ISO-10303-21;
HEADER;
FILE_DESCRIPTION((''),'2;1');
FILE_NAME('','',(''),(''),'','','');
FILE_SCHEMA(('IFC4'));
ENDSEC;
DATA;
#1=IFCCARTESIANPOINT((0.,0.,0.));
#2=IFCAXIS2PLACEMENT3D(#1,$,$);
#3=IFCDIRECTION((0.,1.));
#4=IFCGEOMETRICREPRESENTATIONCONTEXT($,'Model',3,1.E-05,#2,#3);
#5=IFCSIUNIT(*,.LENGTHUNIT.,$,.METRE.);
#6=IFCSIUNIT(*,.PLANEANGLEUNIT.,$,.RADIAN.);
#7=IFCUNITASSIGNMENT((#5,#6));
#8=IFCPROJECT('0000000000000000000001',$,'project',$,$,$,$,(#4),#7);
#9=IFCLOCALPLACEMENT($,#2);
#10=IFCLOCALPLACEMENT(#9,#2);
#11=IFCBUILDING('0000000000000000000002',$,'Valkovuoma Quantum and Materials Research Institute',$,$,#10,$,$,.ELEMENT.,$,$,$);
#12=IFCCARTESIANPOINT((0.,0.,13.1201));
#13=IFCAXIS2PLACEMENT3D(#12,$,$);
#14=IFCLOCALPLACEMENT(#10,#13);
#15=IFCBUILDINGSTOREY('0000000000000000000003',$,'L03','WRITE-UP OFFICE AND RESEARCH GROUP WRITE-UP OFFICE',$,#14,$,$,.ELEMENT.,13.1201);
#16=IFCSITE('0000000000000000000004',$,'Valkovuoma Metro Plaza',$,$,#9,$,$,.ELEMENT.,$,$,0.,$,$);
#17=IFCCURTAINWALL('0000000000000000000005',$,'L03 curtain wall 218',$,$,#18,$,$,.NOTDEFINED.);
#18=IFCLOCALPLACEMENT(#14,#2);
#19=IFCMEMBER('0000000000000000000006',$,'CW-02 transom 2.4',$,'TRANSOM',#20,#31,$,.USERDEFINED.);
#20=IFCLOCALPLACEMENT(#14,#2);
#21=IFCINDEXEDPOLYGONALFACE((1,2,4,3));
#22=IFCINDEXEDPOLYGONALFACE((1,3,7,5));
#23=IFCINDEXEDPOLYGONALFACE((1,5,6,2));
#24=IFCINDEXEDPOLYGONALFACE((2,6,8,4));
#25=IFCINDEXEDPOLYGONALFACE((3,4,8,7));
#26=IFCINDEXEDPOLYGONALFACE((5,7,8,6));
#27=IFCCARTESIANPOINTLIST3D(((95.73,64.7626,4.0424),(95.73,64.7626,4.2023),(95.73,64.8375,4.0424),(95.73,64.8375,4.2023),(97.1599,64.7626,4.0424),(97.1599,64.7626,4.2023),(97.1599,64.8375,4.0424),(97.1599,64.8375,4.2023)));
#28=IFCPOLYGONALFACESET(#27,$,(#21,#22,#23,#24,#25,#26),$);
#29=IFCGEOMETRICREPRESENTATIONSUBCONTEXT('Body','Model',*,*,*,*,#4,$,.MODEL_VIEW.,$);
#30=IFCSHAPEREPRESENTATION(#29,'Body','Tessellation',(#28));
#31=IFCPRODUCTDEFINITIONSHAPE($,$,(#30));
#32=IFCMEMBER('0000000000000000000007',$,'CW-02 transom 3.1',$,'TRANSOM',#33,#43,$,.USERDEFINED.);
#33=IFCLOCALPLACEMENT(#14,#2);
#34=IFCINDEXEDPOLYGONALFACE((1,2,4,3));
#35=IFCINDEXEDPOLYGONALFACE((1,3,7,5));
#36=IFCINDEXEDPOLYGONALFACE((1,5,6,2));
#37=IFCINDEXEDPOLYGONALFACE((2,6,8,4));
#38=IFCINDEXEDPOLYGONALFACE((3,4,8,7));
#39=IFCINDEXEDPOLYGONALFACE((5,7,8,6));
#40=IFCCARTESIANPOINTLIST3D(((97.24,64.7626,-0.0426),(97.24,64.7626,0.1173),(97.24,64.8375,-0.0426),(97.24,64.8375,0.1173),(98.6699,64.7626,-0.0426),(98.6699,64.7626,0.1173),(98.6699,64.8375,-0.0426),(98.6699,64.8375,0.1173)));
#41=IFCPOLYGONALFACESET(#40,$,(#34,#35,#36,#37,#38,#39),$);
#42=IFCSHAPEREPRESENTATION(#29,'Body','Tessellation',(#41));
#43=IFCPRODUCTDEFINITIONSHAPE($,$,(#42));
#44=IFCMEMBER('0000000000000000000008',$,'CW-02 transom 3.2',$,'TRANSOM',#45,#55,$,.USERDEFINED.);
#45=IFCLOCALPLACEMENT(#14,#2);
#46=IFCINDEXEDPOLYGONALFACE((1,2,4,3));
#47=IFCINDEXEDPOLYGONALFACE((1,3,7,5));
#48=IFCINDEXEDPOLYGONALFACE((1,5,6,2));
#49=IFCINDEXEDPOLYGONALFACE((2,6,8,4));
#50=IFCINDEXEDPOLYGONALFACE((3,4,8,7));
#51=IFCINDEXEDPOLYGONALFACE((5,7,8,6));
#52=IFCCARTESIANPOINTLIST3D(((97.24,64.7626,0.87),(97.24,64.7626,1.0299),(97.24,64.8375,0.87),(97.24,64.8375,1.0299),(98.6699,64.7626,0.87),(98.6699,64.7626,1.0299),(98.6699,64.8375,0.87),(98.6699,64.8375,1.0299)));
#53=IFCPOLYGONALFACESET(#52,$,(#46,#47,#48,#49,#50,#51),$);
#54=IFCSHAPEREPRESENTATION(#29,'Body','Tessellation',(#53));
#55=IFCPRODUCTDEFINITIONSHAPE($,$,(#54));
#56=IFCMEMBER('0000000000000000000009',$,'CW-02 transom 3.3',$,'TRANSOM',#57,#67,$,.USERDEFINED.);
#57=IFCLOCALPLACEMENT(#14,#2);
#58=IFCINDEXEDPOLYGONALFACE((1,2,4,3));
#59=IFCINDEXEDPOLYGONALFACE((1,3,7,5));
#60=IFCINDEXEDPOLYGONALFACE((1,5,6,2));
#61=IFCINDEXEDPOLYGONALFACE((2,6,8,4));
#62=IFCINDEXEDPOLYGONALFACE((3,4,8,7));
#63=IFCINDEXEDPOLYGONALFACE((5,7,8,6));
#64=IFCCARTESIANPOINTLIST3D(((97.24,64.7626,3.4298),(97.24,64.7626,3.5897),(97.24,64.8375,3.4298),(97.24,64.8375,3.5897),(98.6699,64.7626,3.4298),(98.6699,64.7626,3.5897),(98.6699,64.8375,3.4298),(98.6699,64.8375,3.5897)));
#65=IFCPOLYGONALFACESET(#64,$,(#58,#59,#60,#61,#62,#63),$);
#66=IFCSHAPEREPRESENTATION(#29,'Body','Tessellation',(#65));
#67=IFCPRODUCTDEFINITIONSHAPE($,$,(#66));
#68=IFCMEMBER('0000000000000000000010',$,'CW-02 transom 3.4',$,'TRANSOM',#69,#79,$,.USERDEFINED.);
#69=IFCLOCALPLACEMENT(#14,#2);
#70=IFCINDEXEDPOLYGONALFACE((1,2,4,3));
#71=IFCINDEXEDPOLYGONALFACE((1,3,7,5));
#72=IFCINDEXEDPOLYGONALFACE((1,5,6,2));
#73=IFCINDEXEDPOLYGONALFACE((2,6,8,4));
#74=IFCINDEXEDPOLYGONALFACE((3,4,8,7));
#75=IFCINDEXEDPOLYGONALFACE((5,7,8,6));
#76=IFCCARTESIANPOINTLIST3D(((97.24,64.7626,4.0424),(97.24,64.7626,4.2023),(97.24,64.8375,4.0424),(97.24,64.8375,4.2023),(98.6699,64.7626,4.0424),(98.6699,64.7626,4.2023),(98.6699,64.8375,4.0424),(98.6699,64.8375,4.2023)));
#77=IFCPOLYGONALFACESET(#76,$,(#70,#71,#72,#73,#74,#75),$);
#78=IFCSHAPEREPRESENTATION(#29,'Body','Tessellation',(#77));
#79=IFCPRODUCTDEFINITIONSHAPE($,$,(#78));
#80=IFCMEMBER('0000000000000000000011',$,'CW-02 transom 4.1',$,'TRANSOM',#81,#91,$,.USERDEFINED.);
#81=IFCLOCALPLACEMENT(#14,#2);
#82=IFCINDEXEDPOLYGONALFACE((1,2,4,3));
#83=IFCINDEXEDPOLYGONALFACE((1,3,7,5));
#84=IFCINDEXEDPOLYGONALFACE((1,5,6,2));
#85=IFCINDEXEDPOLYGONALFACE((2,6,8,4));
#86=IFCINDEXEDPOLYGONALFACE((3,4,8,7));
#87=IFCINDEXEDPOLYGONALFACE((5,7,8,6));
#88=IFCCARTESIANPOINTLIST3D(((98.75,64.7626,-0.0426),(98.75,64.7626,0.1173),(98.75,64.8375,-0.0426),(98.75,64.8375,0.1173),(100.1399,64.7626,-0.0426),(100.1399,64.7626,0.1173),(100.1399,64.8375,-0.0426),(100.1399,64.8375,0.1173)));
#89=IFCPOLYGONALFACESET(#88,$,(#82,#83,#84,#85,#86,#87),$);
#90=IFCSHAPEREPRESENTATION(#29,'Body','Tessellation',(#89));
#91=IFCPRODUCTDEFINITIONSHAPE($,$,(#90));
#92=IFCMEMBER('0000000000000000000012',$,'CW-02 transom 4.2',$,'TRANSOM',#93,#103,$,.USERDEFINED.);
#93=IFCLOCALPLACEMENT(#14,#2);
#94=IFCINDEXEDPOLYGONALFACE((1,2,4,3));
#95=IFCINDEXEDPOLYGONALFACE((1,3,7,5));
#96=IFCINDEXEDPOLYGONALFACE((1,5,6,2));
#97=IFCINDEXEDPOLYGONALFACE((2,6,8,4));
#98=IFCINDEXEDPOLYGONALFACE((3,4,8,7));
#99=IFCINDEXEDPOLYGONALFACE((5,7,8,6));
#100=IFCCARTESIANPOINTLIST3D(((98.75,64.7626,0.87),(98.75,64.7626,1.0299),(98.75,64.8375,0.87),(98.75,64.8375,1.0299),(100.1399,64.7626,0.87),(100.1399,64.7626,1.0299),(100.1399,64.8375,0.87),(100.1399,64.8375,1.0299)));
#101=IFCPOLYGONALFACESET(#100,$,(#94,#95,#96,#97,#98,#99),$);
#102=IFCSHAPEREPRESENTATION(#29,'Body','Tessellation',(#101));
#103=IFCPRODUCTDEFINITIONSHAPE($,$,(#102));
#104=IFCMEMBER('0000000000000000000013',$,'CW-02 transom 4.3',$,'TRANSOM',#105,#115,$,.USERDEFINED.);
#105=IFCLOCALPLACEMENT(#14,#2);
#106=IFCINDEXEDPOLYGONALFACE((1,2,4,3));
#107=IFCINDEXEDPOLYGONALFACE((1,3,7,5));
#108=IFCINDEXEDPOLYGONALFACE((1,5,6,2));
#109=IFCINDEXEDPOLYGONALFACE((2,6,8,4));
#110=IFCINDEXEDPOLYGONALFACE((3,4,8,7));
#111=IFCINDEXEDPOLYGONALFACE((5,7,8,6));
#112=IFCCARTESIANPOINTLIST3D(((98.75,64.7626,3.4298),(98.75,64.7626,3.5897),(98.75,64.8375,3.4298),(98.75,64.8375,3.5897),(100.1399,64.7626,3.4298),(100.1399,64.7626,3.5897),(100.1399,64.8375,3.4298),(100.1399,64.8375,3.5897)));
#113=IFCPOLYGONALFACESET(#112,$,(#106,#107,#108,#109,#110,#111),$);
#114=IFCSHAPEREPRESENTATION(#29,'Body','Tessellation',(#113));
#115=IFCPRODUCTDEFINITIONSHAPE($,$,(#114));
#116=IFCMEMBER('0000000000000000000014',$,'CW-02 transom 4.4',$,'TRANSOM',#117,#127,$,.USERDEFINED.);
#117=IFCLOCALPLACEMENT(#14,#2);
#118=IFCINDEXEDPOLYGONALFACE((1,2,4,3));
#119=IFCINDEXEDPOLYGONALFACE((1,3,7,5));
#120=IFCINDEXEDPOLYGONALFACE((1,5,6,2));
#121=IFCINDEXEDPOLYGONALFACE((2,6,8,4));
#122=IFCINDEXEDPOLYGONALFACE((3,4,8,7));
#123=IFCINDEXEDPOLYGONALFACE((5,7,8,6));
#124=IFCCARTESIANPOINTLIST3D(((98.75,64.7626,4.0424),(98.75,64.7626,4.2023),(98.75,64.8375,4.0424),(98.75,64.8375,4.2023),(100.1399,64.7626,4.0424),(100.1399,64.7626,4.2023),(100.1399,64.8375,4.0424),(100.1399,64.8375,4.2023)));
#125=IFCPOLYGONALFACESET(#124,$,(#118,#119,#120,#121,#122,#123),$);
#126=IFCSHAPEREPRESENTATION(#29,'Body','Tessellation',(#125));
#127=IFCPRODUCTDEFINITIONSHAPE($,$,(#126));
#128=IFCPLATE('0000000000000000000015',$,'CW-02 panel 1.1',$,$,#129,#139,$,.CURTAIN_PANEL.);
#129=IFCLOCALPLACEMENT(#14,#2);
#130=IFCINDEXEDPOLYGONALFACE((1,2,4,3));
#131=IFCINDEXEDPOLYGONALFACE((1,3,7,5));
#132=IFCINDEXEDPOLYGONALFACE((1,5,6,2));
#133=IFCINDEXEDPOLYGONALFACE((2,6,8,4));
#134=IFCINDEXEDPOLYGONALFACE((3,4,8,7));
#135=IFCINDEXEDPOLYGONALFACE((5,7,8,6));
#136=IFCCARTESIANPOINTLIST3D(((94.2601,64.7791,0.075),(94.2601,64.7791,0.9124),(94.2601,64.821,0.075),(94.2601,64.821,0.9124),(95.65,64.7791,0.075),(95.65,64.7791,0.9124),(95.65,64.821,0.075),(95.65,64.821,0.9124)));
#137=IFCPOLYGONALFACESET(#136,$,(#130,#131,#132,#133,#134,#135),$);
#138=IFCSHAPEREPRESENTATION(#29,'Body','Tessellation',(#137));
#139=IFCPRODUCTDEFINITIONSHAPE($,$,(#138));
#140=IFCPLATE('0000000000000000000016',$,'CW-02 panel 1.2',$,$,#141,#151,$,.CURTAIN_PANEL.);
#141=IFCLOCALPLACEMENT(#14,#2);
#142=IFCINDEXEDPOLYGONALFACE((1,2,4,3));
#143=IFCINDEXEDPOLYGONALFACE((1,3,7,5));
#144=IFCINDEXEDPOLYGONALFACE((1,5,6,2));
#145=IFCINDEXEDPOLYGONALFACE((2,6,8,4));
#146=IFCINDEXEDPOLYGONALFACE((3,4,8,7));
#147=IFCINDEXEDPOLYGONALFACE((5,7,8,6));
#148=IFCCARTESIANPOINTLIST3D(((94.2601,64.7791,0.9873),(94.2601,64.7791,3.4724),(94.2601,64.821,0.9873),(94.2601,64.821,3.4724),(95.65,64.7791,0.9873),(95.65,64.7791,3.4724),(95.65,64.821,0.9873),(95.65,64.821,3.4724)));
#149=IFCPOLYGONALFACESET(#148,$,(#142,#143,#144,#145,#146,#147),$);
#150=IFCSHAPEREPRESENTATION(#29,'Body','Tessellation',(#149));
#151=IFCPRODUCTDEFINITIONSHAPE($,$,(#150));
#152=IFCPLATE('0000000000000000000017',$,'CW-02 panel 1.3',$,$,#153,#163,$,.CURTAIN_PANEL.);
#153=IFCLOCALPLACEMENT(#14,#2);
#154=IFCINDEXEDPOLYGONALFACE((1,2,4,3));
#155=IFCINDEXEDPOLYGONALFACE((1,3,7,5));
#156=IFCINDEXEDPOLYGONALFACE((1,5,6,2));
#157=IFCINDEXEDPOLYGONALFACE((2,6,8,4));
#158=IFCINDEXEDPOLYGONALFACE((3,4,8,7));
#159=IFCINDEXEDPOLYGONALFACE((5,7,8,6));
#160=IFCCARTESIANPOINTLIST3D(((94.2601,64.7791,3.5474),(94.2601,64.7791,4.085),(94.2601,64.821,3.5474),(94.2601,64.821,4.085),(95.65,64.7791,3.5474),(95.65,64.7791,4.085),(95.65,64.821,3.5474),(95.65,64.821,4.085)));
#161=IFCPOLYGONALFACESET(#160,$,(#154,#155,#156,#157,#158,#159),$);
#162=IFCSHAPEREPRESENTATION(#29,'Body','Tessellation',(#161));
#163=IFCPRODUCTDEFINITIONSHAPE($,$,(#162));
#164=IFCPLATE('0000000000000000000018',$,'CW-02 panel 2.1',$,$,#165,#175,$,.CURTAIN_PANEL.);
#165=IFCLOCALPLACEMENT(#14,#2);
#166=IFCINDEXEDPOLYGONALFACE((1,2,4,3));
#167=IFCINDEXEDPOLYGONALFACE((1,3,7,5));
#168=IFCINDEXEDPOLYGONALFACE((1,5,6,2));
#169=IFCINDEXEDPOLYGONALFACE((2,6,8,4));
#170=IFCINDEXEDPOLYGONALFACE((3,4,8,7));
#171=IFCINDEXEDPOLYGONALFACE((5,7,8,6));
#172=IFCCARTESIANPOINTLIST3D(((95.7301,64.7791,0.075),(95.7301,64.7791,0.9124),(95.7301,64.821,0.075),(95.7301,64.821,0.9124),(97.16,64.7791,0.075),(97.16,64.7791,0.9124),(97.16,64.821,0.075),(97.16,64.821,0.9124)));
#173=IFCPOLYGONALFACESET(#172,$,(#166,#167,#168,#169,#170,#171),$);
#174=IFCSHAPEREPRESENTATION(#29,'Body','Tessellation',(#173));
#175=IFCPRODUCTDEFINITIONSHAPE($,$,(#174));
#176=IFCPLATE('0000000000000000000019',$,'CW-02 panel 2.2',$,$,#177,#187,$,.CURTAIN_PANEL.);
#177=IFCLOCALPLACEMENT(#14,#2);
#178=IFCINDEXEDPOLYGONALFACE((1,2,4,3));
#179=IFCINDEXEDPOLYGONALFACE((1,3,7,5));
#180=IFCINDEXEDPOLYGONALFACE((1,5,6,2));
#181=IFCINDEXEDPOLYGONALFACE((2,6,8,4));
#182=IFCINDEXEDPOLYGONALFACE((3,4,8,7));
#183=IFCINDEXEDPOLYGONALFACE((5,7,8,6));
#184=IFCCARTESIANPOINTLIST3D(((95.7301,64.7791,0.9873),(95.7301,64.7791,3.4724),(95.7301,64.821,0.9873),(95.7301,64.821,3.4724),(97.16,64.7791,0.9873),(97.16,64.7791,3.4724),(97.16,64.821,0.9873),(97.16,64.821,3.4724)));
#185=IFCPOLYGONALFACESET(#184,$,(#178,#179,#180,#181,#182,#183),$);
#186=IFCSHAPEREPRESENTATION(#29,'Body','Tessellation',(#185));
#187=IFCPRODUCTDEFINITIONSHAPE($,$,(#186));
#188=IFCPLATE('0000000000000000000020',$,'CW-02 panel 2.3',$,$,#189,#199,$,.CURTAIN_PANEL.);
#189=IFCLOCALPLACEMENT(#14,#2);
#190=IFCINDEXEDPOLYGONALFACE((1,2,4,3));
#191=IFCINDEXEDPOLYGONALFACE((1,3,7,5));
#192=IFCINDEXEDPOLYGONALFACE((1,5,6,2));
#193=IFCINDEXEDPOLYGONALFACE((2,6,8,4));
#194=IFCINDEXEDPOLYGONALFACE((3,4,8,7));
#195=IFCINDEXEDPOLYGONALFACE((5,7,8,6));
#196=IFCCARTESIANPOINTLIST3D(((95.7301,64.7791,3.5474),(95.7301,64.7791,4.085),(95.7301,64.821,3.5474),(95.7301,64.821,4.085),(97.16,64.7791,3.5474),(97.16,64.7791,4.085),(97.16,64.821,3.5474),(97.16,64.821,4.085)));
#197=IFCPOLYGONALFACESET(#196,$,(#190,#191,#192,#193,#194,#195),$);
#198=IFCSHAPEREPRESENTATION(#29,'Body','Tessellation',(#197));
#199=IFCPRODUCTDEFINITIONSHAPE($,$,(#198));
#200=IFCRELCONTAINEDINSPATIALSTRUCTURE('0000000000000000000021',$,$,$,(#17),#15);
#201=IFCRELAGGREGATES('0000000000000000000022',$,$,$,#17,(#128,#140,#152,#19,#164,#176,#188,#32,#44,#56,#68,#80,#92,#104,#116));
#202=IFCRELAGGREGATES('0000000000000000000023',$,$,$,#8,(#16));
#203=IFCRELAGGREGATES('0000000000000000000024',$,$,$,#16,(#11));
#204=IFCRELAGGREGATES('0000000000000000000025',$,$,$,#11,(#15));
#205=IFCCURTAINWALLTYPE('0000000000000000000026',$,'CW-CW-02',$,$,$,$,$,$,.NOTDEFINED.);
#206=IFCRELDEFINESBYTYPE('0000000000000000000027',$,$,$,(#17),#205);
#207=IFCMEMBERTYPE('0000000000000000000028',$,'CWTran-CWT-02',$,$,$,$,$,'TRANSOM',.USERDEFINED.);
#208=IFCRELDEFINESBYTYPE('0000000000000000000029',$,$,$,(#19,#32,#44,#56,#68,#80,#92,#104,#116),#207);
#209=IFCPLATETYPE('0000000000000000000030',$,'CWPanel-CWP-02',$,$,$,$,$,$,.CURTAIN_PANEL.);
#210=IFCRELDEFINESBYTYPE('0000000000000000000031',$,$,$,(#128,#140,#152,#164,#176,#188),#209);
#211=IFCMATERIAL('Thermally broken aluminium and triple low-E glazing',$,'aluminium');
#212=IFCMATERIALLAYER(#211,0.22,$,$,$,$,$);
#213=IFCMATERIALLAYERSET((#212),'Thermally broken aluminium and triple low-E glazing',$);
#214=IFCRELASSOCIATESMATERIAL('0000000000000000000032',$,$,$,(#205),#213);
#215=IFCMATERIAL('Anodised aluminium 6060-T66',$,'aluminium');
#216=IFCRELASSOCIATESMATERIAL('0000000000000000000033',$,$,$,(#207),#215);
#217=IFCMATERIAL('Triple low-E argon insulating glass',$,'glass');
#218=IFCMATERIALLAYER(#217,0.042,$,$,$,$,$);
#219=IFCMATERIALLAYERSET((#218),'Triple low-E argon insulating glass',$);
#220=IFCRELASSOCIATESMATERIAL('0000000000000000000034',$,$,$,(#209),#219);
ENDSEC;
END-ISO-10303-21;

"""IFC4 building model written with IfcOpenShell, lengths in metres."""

from ifc_helpers import new_model, si_unit, direction, frame, origin, origin_2d, place, context, subcontext, project, spatial, rectangle, extrude, material, layer, layer_set, material_profile, profile_set, type_object, element, aggregate, save


model = new_model("IFC4")

# Units and contexts
model_context = context("Model", 3, precision=1e-05, world=origin(), true_north=direction((0.0, 1.0)))
body_context = subcontext(model_context, "Body", "Model", "MODEL_VIEW")
ifc_project = project(units=[si_unit("LENGTHUNIT", "METRE"), si_unit("PLANEANGLEUNIT", "RADIAN")], contexts=[model_context])

# Site, building, storey
site_placement = place(None, origin())
site = spatial("IfcSite", under=ifc_project, at=site_placement, Name="Valkovuoma Metro Plaza", CompositionType="ELEMENT", RefElevation=0.0)
building_placement = place(site_placement, origin())
building = spatial("IfcBuilding", under=site, at=building_placement, Name="Valkovuoma Quantum and Materials Research Institute", CompositionType="ELEMENT")
storey_placement = place(building_placement, frame((0.0, 0.0, 13.1201)))
storey = spatial("IfcBuildingStorey", under=building, at=storey_placement, Name="L03", Description="WRITE-UP OFFICE AND RESEARCH GROUP WRITE-UP OFFICE", CompositionType="ELEMENT", Elevation=13.1201)

# Curtain wall, members, plates
ifc_material_1 = material(Name="Thermally broken aluminium and triple low-E glazing", Category="aluminium")
ifc_layer_1 = layer(ifc_material_1, 0.22)
ifc_layer_set_1 = layer_set([ifc_layer_1], Name="Thermally broken aluminium and triple low-E glazing")
curtain_wall_type = type_object("IfcCurtainWallType", Name="CW-CW-02", PredefinedType="NOTDEFINED", material=ifc_layer_set_1)
curtain_wall_placement = place(storey_placement, origin())
curtain_wall = element("IfcCurtainWall", 1, at=curtain_wall_placement, inside=storey, type_object=curtain_wall_type, Name="L03 curtain wall 218", PredefinedType="NOTDEFINED")
ifc_material_2 = material(Name="Anodised aluminium 6060-T66", Category="aluminium")
ifc_material_profile_1 = material_profile(ifc_material_2, rectangle(XDim=0.075, YDim=0.1599, at=origin_2d()), Name="Anodised aluminium 6060-T66")
ifc_profile_set_1 = profile_set([ifc_material_profile_1], Name="Anodised aluminium 6060-T66")
member_type_1 = type_object("IfcMemberType", Name="CWTran-CWT-02", ElementType="TRANSOM", PredefinedType="USERDEFINED", material=ifc_profile_set_1)
member_1_placement = place(storey_placement, frame((95.73, 64.8, 4.1223), z_axis=(1.0, 0.0, 0.0), x_axis=(0.0, 1.0, 0.0)))
member_1 = element("IfcMember", 2, at=member_1_placement, type_object=member_type_1, Name="CW-02 transom 2.4", ObjectType="TRANSOM", PredefinedType="USERDEFINED", context=body_context, shape_type="SweptSolid", body=[
    extrude(rectangle(XDim=0.075, YDim=0.1599, at=origin_2d()), origin(), (0.0, 0.0, 1.0), 1.4299),
])
member_2_placement = place(storey_placement, frame((97.24, 64.8, 0.0374), z_axis=(1.0, 0.0, 0.0), x_axis=(0.0, 1.0, 0.0)))
member_2 = element("IfcMember", 3, at=member_2_placement, type_object=member_type_1, Name="CW-02 transom 3.1", ObjectType="TRANSOM", PredefinedType="USERDEFINED", context=body_context, shape_type="SweptSolid", body=[
    extrude(rectangle(XDim=0.075, YDim=0.1599, at=origin_2d()), origin(), (0.0, 0.0, 1.0), 1.4299),
])
member_3_placement = place(storey_placement, frame((97.24, 64.8, 0.95), z_axis=(1.0, 0.0, 0.0), x_axis=(0.0, 1.0, 0.0)))
member_3 = element("IfcMember", 4, at=member_3_placement, type_object=member_type_1, Name="CW-02 transom 3.2", ObjectType="TRANSOM", PredefinedType="USERDEFINED", context=body_context, shape_type="SweptSolid", body=[
    extrude(rectangle(XDim=0.075, YDim=0.1599, at=origin_2d()), origin(), (0.0, 0.0, 1.0), 1.4299),
])
member_4_placement = place(storey_placement, frame((97.24, 64.8, 3.5098), z_axis=(1.0, 0.0, 0.0), x_axis=(0.0, 1.0, 0.0)))
member_4 = element("IfcMember", 5, at=member_4_placement, type_object=member_type_1, Name="CW-02 transom 3.3", ObjectType="TRANSOM", PredefinedType="USERDEFINED", context=body_context, shape_type="SweptSolid", body=[
    extrude(rectangle(XDim=0.075, YDim=0.1599, at=origin_2d()), origin(), (0.0, 0.0, 1.0), 1.4299),
])
member_5_placement = place(storey_placement, frame((97.24, 64.8, 4.1223), z_axis=(1.0, 0.0, 0.0), x_axis=(0.0, 1.0, 0.0)))
member_5 = element("IfcMember", 6, at=member_5_placement, type_object=member_type_1, Name="CW-02 transom 3.4", ObjectType="TRANSOM", PredefinedType="USERDEFINED", context=body_context, shape_type="SweptSolid", body=[
    extrude(rectangle(XDim=0.075, YDim=0.1599, at=origin_2d()), origin(), (0.0, 0.0, 1.0), 1.4299),
])
member_6_placement = place(storey_placement, frame((98.75, 64.8, 0.0374), z_axis=(1.0, 0.0, 0.0), x_axis=(0.0, 1.0, 0.0)))
member_6 = element("IfcMember", 7, at=member_6_placement, type_object=member_type_1, Name="CW-02 transom 4.1", ObjectType="TRANSOM", PredefinedType="USERDEFINED", context=body_context, shape_type="SweptSolid", body=[
    extrude(rectangle(XDim=0.075, YDim=0.1599, at=origin_2d()), origin(), (0.0, 0.0, 1.0), 1.3899),
])
member_7_placement = place(storey_placement, frame((98.75, 64.8, 0.95), z_axis=(1.0, 0.0, 0.0), x_axis=(0.0, 1.0, 0.0)))
member_7 = element("IfcMember", 8, at=member_7_placement, type_object=member_type_1, Name="CW-02 transom 4.2", ObjectType="TRANSOM", PredefinedType="USERDEFINED", context=body_context, shape_type="SweptSolid", body=[
    extrude(rectangle(XDim=0.075, YDim=0.1599, at=origin_2d()), origin(), (0.0, 0.0, 1.0), 1.3899),
])
member_8_placement = place(storey_placement, frame((98.75, 64.8, 3.5098), z_axis=(1.0, 0.0, 0.0), x_axis=(0.0, 1.0, 0.0)))
member_8 = element("IfcMember", 9, at=member_8_placement, type_object=member_type_1, Name="CW-02 transom 4.3", ObjectType="TRANSOM", PredefinedType="USERDEFINED", context=body_context, shape_type="SweptSolid", body=[
    extrude(rectangle(XDim=0.075, YDim=0.1599, at=origin_2d()), origin(), (0.0, 0.0, 1.0), 1.3899),
])
member_9_placement = place(storey_placement, frame((98.75, 64.8, 4.1223), z_axis=(1.0, 0.0, 0.0), x_axis=(0.0, 1.0, 0.0)))
member_9 = element("IfcMember", 10, at=member_9_placement, type_object=member_type_1, Name="CW-02 transom 4.4", ObjectType="TRANSOM", PredefinedType="USERDEFINED", context=body_context, shape_type="SweptSolid", body=[
    extrude(rectangle(XDim=0.075, YDim=0.1599, at=origin_2d()), origin(), (0.0, 0.0, 1.0), 1.3899),
])
ifc_material_3 = material(Name="Triple low-E argon insulating glass", Category="glass")
ifc_layer_2 = layer(ifc_material_3, 0.042)
ifc_layer_set_2 = layer_set([ifc_layer_2], Name="Triple low-E argon insulating glass")
plate_type_1 = type_object("IfcPlateType", Name="CWPanel-CWP-02", PredefinedType="CURTAIN_PANEL", material=ifc_layer_set_2)
plate_1_placement = place(storey_placement, frame((94.9551, 64.8, 0.075), z_axis=(0.0, 0.0, 1.0), x_axis=(1.0, 0.0, 0.0)))
plate_1 = element("IfcPlate", 11, at=plate_1_placement, type_object=plate_type_1, Name="CW-02 panel 1.1", PredefinedType="CURTAIN_PANEL", context=body_context, shape_type="SweptSolid", body=[
    extrude(rectangle(XDim=1.3899, YDim=0.042, at=origin_2d()), origin(), (0.0, 0.0, 1.0), 0.8374),
])
plate_2_placement = place(storey_placement, frame((94.9551, 64.8, 0.9873), z_axis=(0.0, 0.0, 1.0), x_axis=(1.0, 0.0, 0.0)))
plate_2 = element("IfcPlate", 12, at=plate_2_placement, type_object=plate_type_1, Name="CW-02 panel 1.2", PredefinedType="CURTAIN_PANEL", context=body_context, shape_type="SweptSolid", body=[
    extrude(rectangle(XDim=1.3899, YDim=0.042, at=origin_2d()), origin(), (0.0, 0.0, 1.0), 2.4851),
])
plate_3_placement = place(storey_placement, frame((94.9551, 64.8, 3.5474), z_axis=(0.0, 0.0, 1.0), x_axis=(1.0, 0.0, 0.0)))
plate_3 = element("IfcPlate", 13, at=plate_3_placement, type_object=plate_type_1, Name="CW-02 panel 1.3", PredefinedType="CURTAIN_PANEL", context=body_context, shape_type="SweptSolid", body=[
    extrude(rectangle(XDim=1.3899, YDim=0.042, at=origin_2d()), origin(), (0.0, 0.0, 1.0), 0.5376),
])
plate_4_placement = place(storey_placement, frame((96.4451, 64.8, 0.075), z_axis=(0.0, 0.0, 1.0), x_axis=(1.0, 0.0, 0.0)))
plate_4 = element("IfcPlate", 14, at=plate_4_placement, type_object=plate_type_1, Name="CW-02 panel 2.1", PredefinedType="CURTAIN_PANEL", context=body_context, shape_type="SweptSolid", body=[
    extrude(rectangle(XDim=1.4299, YDim=0.042, at=origin_2d()), origin(), (0.0, 0.0, 1.0), 0.8374),
])
plate_5_placement = place(storey_placement, frame((96.4451, 64.8, 0.9873), z_axis=(0.0, 0.0, 1.0), x_axis=(1.0, 0.0, 0.0)))
plate_5 = element("IfcPlate", 15, at=plate_5_placement, type_object=plate_type_1, Name="CW-02 panel 2.2", PredefinedType="CURTAIN_PANEL", context=body_context, shape_type="SweptSolid", body=[
    extrude(rectangle(XDim=1.4299, YDim=0.042, at=origin_2d()), origin(), (0.0, 0.0, 1.0), 2.4851),
])
plate_6_placement = place(storey_placement, frame((96.4451, 64.8, 3.5474), z_axis=(0.0, 0.0, 1.0), x_axis=(1.0, 0.0, 0.0)))
plate_6 = element("IfcPlate", 16, at=plate_6_placement, type_object=plate_type_1, Name="CW-02 panel 2.3", PredefinedType="CURTAIN_PANEL", context=body_context, shape_type="SweptSolid", body=[
    extrude(rectangle(XDim=1.4299, YDim=0.042, at=origin_2d()), origin(), (0.0, 0.0, 1.0), 0.5376),
])
aggregate(curtain_wall, [plate_1, plate_2, plate_3, member_1, plate_4, plate_5, plate_6, member_2, member_3, member_4, member_5, member_6, member_7, member_8, member_9])

save(model, "model.ifc")
